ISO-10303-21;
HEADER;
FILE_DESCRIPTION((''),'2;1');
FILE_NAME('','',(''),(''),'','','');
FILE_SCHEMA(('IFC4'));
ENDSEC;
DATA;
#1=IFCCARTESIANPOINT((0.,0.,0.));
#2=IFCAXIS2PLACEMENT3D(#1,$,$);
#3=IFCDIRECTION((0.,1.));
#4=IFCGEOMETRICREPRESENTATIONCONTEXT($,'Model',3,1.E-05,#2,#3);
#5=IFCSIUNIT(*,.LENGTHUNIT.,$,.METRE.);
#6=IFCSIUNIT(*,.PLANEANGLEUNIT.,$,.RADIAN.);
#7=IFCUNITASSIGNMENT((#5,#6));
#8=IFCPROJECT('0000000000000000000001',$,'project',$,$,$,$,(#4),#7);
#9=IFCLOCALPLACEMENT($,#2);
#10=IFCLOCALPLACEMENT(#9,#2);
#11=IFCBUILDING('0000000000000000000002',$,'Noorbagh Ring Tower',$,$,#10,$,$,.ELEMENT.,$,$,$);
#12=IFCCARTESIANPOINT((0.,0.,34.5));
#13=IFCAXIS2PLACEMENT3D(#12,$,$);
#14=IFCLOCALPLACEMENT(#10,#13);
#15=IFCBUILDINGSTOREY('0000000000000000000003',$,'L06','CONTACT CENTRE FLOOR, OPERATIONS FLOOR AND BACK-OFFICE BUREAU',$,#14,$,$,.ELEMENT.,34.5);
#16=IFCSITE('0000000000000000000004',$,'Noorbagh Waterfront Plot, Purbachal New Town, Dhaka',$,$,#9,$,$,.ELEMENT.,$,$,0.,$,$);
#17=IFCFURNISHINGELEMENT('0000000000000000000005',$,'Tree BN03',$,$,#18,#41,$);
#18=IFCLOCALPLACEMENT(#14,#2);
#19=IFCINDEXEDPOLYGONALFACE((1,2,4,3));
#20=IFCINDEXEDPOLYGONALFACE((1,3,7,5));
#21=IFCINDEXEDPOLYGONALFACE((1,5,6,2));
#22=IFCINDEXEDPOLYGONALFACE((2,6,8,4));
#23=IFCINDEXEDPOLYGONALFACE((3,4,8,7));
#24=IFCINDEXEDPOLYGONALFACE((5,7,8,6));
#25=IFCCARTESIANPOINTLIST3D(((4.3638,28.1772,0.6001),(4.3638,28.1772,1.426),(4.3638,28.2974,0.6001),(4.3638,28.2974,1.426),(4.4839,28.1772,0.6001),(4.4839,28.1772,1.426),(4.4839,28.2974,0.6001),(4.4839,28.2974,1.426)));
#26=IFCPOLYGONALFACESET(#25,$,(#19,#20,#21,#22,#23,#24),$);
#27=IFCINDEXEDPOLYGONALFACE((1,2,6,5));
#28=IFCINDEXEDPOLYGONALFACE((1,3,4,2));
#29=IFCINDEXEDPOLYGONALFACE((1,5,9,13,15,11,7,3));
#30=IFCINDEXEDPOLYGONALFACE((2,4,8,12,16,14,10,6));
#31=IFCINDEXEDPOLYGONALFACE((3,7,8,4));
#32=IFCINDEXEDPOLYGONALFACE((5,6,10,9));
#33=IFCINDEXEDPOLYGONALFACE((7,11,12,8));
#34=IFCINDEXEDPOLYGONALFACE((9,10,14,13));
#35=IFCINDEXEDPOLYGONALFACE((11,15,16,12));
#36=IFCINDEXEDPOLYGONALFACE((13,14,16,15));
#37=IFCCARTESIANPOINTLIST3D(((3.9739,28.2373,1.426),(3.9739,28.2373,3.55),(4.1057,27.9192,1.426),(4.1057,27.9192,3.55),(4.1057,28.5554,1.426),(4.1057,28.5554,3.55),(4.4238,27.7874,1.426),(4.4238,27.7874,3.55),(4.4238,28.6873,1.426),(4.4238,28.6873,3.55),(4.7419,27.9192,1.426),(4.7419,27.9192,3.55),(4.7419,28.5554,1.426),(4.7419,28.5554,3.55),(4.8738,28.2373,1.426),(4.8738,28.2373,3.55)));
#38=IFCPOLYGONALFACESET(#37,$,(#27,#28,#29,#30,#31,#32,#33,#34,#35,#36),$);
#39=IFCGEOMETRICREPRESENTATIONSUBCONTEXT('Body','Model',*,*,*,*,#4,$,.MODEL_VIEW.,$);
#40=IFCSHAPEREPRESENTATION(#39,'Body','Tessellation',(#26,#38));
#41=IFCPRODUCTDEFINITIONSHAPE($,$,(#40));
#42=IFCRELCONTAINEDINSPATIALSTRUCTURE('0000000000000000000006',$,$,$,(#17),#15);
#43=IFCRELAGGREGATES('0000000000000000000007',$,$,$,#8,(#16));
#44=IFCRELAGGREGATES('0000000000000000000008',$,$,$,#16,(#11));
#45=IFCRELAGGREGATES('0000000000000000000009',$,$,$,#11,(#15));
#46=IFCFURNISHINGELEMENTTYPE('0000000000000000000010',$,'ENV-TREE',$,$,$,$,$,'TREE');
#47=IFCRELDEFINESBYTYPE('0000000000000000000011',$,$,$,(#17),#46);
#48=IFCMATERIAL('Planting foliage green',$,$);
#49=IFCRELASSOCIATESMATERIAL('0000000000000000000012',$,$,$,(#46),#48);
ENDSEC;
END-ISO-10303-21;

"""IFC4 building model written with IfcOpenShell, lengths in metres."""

from ifc_helpers import new_model, si_unit, direction, frame, origin, origin_2d, place, context, subcontext, project, spatial, polyline, rectangle, outline, extrude, material, type_object, element, save


model = new_model("IFC4")

# Units and contexts
model_context = context("Model", 3, precision=1e-05, world=origin(), true_north=direction((0.0, 1.0)))
body_context = subcontext(model_context, "Body", "Model", "MODEL_VIEW")
ifc_project = project(units=[si_unit("LENGTHUNIT", "METRE"), si_unit("PLANEANGLEUNIT", "RADIAN")], contexts=[model_context])

# Site, building, storey
site_placement = place(None, origin())
site = spatial("IfcSite", under=ifc_project, at=site_placement, Name="Noorbagh Waterfront Plot, Purbachal New Town, Dhaka", CompositionType="ELEMENT", RefElevation=0.0)
building_placement = place(site_placement, origin())
building = spatial("IfcBuilding", under=site, at=building_placement, Name="Noorbagh Ring Tower", CompositionType="ELEMENT")
storey_placement = place(building_placement, frame((0.0, 0.0, 34.5)))
storey = spatial("IfcBuildingStorey", under=building, at=storey_placement, Name="L06", Description="CONTACT CENTRE FLOOR, OPERATIONS FLOOR AND BACK-OFFICE BUREAU", CompositionType="ELEMENT", Elevation=34.5)

# Furnishing element
ifc_material_1 = material(Name="Planting foliage green")
furnishing_element_type = type_object("IfcFurnishingElementType", Name="ENV-TREE", ElementType="TREE", material=ifc_material_1)
furnishing_placement = place(storey_placement, frame((4.4238, 28.2373, 0.6001), z_axis=(0.0, 0.0, 1.0), x_axis=(1.0, 0.0, 0.0)))
element("IfcFurnishingElement", 1, at=furnishing_placement, inside=storey, type_object=furnishing_element_type, Name="Tree BN03", context=body_context, shape_type="SweptSolid", body=[
    extrude(rectangle(XDim=0.1201, YDim=0.1201, at=origin_2d()), origin(), (0.0, 0.0, 1.0), 0.8259),
    extrude(outline(polyline([(0.45, 0.0), (0.3181, 0.3181), (0.0, 0.45), (-0.3181, 0.3181), (-0.45, 0.0), (-0.3181, -0.3181), (0.0, -0.45), (0.3181, -0.3181), (0.45, 0.0)])), frame((0.0, 0.0, 0.8259)), (0.0, 0.0, 1.0), 2.124),
])

save(model, "model.ifc")
